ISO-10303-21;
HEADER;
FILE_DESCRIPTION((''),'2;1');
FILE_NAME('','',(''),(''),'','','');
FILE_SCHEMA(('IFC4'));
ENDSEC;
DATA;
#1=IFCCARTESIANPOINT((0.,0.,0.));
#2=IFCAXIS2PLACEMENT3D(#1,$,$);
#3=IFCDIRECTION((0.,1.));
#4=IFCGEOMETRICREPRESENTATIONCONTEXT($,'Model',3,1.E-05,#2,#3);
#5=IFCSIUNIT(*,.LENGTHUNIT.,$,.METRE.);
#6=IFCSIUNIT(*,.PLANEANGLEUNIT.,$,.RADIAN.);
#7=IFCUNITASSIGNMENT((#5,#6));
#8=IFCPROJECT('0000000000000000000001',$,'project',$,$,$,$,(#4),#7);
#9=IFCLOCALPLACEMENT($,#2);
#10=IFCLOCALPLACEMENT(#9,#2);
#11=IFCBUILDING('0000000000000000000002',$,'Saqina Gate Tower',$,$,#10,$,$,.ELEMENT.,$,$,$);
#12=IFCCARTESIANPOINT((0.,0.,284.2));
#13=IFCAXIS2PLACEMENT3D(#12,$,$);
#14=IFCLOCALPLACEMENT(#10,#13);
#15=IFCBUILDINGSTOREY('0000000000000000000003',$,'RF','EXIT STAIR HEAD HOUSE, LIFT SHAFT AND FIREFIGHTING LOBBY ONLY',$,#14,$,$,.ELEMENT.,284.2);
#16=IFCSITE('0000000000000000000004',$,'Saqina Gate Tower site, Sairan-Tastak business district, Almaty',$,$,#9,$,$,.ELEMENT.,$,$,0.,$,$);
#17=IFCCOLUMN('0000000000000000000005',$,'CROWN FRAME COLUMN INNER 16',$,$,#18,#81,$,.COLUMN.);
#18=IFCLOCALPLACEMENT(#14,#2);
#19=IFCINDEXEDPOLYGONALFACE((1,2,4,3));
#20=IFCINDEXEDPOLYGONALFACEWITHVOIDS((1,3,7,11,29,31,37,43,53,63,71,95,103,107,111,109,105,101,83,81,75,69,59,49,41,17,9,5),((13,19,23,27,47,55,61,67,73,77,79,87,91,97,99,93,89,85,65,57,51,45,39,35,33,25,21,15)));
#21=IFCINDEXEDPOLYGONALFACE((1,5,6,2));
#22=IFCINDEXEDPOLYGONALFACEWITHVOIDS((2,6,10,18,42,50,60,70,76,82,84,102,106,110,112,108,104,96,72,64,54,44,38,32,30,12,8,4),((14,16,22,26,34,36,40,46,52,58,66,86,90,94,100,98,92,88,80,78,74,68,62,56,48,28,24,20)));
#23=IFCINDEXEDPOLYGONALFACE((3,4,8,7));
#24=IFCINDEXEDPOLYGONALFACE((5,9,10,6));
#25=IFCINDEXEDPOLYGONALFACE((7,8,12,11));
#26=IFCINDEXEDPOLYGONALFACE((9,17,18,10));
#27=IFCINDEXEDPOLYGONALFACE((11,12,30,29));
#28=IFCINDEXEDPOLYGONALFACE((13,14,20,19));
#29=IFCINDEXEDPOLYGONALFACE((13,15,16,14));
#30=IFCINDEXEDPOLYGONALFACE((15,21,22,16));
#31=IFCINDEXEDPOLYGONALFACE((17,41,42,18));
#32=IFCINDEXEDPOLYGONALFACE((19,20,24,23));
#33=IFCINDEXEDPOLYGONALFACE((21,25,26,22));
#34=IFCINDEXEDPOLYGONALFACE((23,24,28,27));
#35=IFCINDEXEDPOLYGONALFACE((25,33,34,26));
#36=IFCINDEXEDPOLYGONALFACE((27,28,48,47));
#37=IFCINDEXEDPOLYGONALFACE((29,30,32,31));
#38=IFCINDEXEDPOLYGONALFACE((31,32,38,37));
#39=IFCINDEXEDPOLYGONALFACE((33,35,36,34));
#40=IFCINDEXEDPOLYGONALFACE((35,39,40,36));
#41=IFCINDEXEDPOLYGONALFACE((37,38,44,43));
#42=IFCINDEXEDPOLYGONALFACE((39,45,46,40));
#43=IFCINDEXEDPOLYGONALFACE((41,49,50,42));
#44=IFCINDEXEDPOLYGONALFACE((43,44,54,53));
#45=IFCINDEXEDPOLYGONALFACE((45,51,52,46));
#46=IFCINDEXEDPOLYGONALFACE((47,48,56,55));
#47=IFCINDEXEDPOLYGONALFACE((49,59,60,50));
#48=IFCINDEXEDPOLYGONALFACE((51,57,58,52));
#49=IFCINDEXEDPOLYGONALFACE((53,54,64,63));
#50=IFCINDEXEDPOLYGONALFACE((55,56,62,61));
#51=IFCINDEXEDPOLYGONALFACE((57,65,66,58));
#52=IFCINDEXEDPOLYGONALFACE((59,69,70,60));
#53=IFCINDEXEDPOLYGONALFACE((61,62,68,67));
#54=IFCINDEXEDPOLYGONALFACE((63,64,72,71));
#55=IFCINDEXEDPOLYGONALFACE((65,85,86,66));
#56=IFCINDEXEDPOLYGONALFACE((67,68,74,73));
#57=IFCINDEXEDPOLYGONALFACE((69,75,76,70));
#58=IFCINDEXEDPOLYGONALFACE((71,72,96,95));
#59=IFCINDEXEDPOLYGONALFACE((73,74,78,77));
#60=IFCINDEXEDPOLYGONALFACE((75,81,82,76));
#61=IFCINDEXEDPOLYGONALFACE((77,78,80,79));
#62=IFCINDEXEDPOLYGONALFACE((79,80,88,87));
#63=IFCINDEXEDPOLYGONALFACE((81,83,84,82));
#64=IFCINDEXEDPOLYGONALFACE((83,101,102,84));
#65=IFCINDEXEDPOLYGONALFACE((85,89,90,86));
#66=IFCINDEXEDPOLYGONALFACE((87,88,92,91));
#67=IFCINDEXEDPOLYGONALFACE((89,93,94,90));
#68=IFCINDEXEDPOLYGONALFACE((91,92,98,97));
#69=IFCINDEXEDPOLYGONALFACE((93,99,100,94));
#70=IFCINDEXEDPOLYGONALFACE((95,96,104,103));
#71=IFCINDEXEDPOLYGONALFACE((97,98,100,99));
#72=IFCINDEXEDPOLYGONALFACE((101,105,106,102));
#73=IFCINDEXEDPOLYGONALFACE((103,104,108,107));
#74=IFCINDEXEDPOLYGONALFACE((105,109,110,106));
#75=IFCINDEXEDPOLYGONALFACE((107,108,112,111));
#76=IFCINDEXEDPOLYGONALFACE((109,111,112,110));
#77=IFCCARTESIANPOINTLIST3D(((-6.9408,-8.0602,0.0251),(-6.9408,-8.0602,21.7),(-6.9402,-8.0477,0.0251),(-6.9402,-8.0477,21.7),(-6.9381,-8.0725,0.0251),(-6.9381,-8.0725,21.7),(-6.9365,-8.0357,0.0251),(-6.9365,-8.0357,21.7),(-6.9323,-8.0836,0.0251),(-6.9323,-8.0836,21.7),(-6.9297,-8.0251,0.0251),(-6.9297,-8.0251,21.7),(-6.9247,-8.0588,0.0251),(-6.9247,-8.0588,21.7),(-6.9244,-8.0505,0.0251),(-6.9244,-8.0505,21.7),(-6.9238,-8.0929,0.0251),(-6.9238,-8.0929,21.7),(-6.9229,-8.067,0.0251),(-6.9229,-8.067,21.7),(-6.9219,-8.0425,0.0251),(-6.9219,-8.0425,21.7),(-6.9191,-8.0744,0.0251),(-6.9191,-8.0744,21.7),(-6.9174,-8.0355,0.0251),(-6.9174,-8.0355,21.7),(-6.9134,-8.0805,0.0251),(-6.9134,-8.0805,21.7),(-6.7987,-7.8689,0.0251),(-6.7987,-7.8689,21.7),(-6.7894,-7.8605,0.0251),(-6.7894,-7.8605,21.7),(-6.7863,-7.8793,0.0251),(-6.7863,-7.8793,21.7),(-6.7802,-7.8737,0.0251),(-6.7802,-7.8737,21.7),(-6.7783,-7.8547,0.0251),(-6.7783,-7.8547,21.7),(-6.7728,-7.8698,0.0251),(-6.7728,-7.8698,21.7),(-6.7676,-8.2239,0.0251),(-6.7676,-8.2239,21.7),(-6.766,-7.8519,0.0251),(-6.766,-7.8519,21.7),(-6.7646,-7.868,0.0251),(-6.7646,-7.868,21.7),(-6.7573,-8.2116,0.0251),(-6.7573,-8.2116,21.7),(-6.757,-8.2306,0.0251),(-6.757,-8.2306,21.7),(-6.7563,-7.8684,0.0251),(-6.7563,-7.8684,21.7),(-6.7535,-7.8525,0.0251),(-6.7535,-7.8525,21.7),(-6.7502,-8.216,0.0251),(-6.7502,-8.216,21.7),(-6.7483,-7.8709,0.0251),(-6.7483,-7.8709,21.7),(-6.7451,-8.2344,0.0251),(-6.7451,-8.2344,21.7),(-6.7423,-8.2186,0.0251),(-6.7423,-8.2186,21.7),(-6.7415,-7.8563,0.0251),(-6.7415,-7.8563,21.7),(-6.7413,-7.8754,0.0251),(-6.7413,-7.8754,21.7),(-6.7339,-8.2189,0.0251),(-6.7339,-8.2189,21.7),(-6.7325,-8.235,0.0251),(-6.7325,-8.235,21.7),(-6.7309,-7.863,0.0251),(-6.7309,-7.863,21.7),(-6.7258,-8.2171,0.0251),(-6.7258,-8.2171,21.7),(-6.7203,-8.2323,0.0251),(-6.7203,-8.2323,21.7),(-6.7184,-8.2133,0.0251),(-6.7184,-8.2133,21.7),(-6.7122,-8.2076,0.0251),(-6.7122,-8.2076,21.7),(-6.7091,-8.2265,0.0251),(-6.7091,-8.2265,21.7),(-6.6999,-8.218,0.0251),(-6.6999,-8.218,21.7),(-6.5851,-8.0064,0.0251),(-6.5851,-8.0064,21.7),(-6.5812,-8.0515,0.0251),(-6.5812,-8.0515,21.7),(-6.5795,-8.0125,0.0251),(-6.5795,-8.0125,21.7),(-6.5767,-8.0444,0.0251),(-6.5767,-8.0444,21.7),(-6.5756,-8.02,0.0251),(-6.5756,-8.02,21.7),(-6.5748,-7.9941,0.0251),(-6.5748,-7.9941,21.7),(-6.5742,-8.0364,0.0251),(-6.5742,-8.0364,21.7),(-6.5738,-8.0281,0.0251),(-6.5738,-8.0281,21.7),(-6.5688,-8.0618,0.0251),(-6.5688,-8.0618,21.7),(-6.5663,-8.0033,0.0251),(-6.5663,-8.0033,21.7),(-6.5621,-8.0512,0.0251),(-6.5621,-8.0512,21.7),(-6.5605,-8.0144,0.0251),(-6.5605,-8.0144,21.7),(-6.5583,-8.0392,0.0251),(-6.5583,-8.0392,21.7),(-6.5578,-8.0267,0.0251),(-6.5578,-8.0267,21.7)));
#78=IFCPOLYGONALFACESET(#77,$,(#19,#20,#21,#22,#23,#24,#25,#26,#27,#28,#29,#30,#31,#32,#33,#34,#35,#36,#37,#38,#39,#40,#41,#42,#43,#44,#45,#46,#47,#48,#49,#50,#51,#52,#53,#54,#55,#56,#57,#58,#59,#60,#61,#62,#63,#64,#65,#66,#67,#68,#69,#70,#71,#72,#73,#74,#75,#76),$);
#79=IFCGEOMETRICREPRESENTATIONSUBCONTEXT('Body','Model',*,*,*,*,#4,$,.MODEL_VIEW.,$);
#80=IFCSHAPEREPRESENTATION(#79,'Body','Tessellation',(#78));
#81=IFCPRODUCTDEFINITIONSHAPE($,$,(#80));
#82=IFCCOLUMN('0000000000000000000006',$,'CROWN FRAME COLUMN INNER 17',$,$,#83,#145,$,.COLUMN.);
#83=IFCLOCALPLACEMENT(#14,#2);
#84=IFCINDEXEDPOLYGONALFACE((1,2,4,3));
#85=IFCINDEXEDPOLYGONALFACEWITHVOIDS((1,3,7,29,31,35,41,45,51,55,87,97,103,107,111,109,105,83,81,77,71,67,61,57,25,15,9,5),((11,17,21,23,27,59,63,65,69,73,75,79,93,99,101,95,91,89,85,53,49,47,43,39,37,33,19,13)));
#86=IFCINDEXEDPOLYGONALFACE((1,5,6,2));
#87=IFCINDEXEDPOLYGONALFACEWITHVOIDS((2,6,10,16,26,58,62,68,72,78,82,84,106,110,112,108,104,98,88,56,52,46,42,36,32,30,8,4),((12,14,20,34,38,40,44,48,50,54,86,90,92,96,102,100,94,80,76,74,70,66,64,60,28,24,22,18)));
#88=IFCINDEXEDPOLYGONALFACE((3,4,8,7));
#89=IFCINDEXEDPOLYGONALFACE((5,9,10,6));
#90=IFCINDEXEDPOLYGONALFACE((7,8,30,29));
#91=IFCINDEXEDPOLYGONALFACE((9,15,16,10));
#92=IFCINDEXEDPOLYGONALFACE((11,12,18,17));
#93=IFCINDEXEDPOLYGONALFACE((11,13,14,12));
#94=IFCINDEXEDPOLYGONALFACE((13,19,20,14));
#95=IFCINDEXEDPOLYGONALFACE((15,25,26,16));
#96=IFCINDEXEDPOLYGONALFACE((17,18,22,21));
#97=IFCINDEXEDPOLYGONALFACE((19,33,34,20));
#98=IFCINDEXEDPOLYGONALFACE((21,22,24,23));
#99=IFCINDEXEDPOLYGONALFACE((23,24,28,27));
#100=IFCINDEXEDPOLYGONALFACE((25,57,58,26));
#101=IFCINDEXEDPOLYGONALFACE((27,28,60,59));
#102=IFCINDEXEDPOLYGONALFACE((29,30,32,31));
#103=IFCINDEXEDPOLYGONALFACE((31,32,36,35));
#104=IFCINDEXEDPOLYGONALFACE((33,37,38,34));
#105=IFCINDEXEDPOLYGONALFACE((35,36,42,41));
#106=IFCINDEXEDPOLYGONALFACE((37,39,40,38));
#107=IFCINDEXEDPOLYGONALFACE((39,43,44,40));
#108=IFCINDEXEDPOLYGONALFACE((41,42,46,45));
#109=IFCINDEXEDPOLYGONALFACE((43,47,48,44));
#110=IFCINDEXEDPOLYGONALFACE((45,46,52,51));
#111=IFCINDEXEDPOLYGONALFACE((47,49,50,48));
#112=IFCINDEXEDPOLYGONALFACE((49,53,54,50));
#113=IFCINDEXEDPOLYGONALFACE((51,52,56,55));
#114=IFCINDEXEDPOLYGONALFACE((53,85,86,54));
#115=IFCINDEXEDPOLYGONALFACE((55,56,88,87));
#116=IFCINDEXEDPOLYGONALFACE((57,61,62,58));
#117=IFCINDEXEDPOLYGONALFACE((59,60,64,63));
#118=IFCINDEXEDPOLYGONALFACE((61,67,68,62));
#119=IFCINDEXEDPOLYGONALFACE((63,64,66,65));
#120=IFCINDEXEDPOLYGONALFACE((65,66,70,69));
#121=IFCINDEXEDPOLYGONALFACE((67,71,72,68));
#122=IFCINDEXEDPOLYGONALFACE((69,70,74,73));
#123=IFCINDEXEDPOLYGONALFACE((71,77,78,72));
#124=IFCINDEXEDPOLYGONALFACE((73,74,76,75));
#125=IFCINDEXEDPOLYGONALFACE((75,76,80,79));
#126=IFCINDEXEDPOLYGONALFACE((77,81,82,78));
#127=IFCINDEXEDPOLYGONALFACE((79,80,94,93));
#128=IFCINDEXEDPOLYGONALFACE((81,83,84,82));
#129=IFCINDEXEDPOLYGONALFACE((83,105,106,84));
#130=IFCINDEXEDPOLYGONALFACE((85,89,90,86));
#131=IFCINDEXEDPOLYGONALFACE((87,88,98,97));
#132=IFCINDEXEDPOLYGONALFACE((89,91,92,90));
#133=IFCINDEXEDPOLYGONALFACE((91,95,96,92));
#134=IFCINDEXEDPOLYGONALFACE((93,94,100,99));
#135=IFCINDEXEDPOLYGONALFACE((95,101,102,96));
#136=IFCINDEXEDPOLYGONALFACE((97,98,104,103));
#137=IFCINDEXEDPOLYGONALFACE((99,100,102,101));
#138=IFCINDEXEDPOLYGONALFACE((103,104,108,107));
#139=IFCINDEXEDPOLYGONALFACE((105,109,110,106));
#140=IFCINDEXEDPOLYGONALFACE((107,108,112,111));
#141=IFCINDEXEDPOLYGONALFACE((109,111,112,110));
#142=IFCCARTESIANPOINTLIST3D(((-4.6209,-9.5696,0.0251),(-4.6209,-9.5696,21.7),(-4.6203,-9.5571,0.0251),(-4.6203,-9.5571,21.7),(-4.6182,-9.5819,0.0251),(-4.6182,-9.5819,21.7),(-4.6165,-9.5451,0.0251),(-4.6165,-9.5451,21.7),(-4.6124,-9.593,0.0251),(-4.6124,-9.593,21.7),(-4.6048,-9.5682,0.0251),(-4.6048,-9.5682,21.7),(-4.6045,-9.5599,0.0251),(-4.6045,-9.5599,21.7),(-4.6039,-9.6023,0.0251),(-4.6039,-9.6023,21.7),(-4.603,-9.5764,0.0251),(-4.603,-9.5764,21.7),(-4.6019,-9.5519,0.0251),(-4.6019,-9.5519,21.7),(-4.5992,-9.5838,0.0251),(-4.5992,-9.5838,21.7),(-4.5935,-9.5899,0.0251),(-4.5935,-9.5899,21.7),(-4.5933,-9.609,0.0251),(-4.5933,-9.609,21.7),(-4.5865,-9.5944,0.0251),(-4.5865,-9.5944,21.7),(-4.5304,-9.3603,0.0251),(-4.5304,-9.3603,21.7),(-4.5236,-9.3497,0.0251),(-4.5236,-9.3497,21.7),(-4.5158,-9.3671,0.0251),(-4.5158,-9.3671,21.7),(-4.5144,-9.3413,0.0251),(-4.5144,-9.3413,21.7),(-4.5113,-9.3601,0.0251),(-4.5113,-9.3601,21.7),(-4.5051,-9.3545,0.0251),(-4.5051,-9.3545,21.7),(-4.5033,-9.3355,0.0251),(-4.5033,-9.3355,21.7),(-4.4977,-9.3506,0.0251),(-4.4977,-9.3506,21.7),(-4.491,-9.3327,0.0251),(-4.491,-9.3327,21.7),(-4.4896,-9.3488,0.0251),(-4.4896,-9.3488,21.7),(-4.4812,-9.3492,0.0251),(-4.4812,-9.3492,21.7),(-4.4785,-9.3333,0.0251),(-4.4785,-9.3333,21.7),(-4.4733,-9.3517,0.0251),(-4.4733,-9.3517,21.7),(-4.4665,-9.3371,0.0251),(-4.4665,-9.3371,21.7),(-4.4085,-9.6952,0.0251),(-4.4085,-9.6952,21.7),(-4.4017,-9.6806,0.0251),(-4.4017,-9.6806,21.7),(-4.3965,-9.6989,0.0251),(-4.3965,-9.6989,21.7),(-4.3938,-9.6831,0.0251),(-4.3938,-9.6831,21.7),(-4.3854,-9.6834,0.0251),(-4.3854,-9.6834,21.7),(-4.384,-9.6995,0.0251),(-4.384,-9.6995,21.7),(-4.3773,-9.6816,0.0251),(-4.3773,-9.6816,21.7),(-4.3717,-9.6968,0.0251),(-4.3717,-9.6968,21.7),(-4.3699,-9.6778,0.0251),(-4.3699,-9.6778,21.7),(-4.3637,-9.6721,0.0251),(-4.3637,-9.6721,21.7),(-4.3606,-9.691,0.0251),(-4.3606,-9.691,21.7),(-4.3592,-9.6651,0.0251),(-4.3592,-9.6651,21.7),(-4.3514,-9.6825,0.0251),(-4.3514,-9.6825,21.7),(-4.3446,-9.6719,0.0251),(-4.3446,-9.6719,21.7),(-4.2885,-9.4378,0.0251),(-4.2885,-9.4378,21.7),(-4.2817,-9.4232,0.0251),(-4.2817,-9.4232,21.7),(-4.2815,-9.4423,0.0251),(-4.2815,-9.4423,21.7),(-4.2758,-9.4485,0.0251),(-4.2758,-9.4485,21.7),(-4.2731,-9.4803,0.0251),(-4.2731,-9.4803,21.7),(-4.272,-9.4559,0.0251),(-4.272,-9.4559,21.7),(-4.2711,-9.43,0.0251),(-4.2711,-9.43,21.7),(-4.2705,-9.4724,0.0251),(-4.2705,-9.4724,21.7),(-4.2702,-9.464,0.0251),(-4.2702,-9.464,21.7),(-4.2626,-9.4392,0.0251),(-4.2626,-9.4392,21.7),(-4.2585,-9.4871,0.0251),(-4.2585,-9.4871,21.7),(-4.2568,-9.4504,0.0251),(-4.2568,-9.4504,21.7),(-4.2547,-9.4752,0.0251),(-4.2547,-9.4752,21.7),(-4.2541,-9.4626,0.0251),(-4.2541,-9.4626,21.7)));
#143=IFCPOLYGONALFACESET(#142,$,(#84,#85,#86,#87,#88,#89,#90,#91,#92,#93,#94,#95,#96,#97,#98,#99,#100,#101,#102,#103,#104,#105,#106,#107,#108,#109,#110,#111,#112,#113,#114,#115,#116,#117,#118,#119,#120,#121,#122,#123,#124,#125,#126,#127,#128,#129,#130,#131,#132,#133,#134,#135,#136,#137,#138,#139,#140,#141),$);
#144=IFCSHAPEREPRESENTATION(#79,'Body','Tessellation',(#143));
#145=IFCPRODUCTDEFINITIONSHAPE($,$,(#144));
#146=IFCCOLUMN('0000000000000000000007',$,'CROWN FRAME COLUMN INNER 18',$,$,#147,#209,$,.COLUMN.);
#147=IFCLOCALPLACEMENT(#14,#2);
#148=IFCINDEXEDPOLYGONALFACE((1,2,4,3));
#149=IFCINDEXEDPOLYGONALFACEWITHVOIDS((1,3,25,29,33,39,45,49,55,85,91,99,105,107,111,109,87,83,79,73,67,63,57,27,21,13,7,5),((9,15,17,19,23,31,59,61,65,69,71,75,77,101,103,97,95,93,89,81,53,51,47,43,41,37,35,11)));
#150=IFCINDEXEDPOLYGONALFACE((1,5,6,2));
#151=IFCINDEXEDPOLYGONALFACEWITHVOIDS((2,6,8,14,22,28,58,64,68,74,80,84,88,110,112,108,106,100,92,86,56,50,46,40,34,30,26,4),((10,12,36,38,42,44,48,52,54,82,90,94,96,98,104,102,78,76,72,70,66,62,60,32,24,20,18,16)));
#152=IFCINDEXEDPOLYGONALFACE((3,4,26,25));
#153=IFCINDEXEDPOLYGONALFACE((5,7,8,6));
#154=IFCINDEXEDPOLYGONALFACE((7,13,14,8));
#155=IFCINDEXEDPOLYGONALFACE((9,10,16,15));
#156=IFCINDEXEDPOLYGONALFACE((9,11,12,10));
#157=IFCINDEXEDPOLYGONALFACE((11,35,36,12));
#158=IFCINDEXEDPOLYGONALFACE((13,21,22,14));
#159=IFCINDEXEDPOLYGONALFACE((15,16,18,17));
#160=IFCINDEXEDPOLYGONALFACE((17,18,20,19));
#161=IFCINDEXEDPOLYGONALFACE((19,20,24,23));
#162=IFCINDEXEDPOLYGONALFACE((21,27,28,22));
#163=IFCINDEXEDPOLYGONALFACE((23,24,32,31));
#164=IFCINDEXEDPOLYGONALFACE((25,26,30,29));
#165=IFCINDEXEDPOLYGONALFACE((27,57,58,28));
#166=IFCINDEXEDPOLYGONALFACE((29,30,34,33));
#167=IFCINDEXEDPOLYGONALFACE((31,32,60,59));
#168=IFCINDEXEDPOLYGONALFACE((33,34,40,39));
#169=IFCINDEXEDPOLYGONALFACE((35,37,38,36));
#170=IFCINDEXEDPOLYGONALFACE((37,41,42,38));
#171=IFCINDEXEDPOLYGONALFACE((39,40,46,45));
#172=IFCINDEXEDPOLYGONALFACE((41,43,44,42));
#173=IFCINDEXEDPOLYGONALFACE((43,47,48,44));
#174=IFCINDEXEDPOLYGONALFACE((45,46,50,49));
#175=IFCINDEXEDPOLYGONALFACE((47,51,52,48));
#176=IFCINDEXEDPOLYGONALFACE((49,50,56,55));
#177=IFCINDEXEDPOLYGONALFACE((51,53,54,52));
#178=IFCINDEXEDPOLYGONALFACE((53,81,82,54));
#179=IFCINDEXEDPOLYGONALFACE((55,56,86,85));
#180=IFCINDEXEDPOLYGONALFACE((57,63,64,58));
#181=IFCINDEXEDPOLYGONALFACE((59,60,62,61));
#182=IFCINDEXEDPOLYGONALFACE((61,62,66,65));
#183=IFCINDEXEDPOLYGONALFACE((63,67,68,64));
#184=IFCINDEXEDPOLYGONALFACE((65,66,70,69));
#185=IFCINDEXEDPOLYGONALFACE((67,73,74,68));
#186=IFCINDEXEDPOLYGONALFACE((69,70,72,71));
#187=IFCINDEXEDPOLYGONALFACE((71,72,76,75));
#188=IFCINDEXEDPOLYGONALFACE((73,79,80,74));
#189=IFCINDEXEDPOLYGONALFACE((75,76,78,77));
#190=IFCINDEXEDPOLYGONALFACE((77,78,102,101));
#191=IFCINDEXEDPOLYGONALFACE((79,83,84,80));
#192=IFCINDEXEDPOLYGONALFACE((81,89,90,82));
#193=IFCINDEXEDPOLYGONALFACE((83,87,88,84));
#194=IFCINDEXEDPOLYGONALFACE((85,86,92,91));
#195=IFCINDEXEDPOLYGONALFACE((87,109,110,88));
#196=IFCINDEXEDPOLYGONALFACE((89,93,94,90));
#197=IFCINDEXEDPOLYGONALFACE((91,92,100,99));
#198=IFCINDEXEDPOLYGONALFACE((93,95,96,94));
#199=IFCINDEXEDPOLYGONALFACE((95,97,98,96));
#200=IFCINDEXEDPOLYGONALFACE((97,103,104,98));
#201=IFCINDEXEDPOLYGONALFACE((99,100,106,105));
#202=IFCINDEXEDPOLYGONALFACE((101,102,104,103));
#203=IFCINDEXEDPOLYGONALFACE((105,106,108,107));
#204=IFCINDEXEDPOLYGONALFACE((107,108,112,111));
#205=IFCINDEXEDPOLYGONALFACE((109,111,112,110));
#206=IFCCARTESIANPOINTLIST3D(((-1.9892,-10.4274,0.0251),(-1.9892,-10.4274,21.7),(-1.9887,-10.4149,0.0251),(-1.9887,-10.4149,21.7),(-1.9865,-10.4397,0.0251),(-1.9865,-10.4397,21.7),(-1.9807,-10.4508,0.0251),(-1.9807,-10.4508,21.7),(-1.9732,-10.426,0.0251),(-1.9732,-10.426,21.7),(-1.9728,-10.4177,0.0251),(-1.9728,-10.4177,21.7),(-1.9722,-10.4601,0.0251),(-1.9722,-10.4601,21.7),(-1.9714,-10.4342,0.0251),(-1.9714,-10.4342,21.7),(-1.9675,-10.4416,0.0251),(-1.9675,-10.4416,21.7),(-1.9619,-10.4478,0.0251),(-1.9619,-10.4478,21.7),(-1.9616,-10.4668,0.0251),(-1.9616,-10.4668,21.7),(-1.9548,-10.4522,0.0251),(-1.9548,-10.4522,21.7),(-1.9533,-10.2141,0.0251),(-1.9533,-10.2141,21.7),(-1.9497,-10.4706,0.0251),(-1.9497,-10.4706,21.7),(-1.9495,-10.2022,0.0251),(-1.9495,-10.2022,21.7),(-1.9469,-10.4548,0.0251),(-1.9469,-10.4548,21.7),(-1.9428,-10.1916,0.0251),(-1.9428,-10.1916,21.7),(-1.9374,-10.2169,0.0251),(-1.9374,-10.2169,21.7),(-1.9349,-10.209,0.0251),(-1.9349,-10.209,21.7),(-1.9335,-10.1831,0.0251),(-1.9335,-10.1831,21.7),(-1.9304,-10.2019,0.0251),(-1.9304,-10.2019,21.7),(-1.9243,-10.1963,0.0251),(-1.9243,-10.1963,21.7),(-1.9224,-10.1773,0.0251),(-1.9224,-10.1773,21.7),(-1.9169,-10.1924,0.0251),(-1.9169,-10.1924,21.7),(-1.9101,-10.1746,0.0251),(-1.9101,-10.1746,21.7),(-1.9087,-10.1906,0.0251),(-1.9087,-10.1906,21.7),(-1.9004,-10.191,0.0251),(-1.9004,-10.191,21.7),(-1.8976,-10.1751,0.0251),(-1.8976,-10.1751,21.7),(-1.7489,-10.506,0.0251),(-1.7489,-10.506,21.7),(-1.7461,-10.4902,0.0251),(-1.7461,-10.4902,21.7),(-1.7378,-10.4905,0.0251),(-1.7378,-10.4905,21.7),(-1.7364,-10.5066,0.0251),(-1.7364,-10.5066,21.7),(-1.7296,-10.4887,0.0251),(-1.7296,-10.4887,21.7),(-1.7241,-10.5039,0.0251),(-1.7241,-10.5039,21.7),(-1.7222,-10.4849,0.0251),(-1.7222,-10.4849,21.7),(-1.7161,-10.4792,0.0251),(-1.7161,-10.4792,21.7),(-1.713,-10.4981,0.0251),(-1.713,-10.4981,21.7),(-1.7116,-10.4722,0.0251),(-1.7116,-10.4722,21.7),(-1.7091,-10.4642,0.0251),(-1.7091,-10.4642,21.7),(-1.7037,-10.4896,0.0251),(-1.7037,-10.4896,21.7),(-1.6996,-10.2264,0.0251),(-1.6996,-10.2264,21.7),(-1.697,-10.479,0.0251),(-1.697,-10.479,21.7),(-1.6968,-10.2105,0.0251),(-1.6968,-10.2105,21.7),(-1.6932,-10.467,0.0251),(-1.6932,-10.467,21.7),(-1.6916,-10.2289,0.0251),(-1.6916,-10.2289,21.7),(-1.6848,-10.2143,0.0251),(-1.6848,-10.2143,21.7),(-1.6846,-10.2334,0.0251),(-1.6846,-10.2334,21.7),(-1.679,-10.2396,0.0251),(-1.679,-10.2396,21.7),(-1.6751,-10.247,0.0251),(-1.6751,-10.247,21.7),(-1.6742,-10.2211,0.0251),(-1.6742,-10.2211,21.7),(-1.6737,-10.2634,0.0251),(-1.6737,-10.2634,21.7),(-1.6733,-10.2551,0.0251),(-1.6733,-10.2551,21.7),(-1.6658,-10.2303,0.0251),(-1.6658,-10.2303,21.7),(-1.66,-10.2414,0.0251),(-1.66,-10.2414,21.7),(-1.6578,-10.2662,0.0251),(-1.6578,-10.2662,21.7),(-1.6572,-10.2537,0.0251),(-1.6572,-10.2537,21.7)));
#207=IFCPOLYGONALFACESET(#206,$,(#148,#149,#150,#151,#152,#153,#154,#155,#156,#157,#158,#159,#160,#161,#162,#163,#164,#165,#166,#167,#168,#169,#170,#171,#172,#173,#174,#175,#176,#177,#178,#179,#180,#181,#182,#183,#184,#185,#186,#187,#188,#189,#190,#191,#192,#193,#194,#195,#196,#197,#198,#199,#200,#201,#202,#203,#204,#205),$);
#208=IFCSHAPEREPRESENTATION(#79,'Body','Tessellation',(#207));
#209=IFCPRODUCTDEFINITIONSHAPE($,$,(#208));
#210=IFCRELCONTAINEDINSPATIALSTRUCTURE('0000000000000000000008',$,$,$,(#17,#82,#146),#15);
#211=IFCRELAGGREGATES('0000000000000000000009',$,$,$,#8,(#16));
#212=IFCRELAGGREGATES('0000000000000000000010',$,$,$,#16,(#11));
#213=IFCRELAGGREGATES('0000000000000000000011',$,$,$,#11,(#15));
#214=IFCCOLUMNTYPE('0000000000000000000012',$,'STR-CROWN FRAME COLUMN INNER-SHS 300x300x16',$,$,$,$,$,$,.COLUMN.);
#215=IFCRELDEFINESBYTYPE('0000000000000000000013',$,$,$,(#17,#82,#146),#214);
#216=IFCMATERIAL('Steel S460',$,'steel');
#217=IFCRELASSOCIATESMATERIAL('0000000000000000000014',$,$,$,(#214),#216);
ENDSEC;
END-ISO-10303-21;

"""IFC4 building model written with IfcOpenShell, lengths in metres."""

from ifc_helpers import new_model, si_unit, direction, frame, origin, origin_2d, place, context, subcontext, project, spatial, hollow_rectangle, extrude, material, material_profile, profile_set, type_object, element, save


model = new_model("IFC4")

# Units and contexts
model_context = context("Model", 3, precision=1e-05, world=origin(), true_north=direction((0.0, 1.0)))
body_context = subcontext(model_context, "Body", "Model", "MODEL_VIEW")
ifc_project = project(units=[si_unit("LENGTHUNIT", "METRE"), si_unit("PLANEANGLEUNIT", "RADIAN")], contexts=[model_context])

# Site, building, storey
site_placement = place(None, origin())
site = spatial("IfcSite", under=ifc_project, at=site_placement, Name="Saqina Gate Tower site, Sairan-Tastak business district, Almaty", CompositionType="ELEMENT", RefElevation=0.0)
building_placement = place(site_placement, origin())
building = spatial("IfcBuilding", under=site, at=building_placement, Name="Saqina Gate Tower", CompositionType="ELEMENT")
storey_placement = place(building_placement, frame((0.0, 0.0, 284.2)))
storey = spatial("IfcBuildingStorey", under=building, at=storey_placement, Name="RF", Description="EXIT STAIR HEAD HOUSE, LIFT SHAFT AND FIREFIGHTING LOBBY ONLY", CompositionType="ELEMENT", Elevation=284.2)

# Columns
ifc_material_1 = material(Name="Steel S460", Category="steel")
ifc_material_profile_1 = material_profile(ifc_material_1, hollow_rectangle(XDim=0.3, YDim=0.3, WallThickness=0.0161, InnerFilletRadius=0.032, OuterFilletRadius=0.0481, at=origin_2d()), Name="SHS 300x300x16")
ifc_profile_set_1 = profile_set([ifc_material_profile_1], Name="Steel S460")
column_type = type_object("IfcColumnType", Name="STR-CROWN FRAME COLUMN INNER-SHS 300x300x16", PredefinedType="COLUMN", material=ifc_profile_set_1)
for number, where, z_axis, x_axis, name in (
    (1, (-6.7493, -8.0435, 0.0251), (0.0, 0.0, 1.0), (-0.642788, -0.766044, 0.0), "CROWN FRAME COLUMN INNER 16"),
    (2, (-4.4375, -9.5161, 0.0251), (0.0, 0.0, 1.0), (-0.422618, -0.906308, 0.0), "CROWN FRAME COLUMN INNER 17"),
    (3, (-1.8232, -10.3406, 0.0251), (0.0, 0.0, 1.0), (-0.173648, -0.984808, 0.0), "CROWN FRAME COLUMN INNER 18"),
):
    element("IfcColumn", number, at=place(storey_placement, frame(where, z_axis=z_axis, x_axis=x_axis)), inside=storey, type_object=column_type, Name=name, PredefinedType="COLUMN", context=body_context, shape_type="SweptSolid", body=[
        extrude(hollow_rectangle(XDim=0.3, YDim=0.3, WallThickness=0.0161, InnerFilletRadius=0.032, OuterFilletRadius=0.0481, at=origin_2d()), origin(), (0.0, 0.0, 1.0), 21.6748),
    ])

save(model, "model.ifc")
